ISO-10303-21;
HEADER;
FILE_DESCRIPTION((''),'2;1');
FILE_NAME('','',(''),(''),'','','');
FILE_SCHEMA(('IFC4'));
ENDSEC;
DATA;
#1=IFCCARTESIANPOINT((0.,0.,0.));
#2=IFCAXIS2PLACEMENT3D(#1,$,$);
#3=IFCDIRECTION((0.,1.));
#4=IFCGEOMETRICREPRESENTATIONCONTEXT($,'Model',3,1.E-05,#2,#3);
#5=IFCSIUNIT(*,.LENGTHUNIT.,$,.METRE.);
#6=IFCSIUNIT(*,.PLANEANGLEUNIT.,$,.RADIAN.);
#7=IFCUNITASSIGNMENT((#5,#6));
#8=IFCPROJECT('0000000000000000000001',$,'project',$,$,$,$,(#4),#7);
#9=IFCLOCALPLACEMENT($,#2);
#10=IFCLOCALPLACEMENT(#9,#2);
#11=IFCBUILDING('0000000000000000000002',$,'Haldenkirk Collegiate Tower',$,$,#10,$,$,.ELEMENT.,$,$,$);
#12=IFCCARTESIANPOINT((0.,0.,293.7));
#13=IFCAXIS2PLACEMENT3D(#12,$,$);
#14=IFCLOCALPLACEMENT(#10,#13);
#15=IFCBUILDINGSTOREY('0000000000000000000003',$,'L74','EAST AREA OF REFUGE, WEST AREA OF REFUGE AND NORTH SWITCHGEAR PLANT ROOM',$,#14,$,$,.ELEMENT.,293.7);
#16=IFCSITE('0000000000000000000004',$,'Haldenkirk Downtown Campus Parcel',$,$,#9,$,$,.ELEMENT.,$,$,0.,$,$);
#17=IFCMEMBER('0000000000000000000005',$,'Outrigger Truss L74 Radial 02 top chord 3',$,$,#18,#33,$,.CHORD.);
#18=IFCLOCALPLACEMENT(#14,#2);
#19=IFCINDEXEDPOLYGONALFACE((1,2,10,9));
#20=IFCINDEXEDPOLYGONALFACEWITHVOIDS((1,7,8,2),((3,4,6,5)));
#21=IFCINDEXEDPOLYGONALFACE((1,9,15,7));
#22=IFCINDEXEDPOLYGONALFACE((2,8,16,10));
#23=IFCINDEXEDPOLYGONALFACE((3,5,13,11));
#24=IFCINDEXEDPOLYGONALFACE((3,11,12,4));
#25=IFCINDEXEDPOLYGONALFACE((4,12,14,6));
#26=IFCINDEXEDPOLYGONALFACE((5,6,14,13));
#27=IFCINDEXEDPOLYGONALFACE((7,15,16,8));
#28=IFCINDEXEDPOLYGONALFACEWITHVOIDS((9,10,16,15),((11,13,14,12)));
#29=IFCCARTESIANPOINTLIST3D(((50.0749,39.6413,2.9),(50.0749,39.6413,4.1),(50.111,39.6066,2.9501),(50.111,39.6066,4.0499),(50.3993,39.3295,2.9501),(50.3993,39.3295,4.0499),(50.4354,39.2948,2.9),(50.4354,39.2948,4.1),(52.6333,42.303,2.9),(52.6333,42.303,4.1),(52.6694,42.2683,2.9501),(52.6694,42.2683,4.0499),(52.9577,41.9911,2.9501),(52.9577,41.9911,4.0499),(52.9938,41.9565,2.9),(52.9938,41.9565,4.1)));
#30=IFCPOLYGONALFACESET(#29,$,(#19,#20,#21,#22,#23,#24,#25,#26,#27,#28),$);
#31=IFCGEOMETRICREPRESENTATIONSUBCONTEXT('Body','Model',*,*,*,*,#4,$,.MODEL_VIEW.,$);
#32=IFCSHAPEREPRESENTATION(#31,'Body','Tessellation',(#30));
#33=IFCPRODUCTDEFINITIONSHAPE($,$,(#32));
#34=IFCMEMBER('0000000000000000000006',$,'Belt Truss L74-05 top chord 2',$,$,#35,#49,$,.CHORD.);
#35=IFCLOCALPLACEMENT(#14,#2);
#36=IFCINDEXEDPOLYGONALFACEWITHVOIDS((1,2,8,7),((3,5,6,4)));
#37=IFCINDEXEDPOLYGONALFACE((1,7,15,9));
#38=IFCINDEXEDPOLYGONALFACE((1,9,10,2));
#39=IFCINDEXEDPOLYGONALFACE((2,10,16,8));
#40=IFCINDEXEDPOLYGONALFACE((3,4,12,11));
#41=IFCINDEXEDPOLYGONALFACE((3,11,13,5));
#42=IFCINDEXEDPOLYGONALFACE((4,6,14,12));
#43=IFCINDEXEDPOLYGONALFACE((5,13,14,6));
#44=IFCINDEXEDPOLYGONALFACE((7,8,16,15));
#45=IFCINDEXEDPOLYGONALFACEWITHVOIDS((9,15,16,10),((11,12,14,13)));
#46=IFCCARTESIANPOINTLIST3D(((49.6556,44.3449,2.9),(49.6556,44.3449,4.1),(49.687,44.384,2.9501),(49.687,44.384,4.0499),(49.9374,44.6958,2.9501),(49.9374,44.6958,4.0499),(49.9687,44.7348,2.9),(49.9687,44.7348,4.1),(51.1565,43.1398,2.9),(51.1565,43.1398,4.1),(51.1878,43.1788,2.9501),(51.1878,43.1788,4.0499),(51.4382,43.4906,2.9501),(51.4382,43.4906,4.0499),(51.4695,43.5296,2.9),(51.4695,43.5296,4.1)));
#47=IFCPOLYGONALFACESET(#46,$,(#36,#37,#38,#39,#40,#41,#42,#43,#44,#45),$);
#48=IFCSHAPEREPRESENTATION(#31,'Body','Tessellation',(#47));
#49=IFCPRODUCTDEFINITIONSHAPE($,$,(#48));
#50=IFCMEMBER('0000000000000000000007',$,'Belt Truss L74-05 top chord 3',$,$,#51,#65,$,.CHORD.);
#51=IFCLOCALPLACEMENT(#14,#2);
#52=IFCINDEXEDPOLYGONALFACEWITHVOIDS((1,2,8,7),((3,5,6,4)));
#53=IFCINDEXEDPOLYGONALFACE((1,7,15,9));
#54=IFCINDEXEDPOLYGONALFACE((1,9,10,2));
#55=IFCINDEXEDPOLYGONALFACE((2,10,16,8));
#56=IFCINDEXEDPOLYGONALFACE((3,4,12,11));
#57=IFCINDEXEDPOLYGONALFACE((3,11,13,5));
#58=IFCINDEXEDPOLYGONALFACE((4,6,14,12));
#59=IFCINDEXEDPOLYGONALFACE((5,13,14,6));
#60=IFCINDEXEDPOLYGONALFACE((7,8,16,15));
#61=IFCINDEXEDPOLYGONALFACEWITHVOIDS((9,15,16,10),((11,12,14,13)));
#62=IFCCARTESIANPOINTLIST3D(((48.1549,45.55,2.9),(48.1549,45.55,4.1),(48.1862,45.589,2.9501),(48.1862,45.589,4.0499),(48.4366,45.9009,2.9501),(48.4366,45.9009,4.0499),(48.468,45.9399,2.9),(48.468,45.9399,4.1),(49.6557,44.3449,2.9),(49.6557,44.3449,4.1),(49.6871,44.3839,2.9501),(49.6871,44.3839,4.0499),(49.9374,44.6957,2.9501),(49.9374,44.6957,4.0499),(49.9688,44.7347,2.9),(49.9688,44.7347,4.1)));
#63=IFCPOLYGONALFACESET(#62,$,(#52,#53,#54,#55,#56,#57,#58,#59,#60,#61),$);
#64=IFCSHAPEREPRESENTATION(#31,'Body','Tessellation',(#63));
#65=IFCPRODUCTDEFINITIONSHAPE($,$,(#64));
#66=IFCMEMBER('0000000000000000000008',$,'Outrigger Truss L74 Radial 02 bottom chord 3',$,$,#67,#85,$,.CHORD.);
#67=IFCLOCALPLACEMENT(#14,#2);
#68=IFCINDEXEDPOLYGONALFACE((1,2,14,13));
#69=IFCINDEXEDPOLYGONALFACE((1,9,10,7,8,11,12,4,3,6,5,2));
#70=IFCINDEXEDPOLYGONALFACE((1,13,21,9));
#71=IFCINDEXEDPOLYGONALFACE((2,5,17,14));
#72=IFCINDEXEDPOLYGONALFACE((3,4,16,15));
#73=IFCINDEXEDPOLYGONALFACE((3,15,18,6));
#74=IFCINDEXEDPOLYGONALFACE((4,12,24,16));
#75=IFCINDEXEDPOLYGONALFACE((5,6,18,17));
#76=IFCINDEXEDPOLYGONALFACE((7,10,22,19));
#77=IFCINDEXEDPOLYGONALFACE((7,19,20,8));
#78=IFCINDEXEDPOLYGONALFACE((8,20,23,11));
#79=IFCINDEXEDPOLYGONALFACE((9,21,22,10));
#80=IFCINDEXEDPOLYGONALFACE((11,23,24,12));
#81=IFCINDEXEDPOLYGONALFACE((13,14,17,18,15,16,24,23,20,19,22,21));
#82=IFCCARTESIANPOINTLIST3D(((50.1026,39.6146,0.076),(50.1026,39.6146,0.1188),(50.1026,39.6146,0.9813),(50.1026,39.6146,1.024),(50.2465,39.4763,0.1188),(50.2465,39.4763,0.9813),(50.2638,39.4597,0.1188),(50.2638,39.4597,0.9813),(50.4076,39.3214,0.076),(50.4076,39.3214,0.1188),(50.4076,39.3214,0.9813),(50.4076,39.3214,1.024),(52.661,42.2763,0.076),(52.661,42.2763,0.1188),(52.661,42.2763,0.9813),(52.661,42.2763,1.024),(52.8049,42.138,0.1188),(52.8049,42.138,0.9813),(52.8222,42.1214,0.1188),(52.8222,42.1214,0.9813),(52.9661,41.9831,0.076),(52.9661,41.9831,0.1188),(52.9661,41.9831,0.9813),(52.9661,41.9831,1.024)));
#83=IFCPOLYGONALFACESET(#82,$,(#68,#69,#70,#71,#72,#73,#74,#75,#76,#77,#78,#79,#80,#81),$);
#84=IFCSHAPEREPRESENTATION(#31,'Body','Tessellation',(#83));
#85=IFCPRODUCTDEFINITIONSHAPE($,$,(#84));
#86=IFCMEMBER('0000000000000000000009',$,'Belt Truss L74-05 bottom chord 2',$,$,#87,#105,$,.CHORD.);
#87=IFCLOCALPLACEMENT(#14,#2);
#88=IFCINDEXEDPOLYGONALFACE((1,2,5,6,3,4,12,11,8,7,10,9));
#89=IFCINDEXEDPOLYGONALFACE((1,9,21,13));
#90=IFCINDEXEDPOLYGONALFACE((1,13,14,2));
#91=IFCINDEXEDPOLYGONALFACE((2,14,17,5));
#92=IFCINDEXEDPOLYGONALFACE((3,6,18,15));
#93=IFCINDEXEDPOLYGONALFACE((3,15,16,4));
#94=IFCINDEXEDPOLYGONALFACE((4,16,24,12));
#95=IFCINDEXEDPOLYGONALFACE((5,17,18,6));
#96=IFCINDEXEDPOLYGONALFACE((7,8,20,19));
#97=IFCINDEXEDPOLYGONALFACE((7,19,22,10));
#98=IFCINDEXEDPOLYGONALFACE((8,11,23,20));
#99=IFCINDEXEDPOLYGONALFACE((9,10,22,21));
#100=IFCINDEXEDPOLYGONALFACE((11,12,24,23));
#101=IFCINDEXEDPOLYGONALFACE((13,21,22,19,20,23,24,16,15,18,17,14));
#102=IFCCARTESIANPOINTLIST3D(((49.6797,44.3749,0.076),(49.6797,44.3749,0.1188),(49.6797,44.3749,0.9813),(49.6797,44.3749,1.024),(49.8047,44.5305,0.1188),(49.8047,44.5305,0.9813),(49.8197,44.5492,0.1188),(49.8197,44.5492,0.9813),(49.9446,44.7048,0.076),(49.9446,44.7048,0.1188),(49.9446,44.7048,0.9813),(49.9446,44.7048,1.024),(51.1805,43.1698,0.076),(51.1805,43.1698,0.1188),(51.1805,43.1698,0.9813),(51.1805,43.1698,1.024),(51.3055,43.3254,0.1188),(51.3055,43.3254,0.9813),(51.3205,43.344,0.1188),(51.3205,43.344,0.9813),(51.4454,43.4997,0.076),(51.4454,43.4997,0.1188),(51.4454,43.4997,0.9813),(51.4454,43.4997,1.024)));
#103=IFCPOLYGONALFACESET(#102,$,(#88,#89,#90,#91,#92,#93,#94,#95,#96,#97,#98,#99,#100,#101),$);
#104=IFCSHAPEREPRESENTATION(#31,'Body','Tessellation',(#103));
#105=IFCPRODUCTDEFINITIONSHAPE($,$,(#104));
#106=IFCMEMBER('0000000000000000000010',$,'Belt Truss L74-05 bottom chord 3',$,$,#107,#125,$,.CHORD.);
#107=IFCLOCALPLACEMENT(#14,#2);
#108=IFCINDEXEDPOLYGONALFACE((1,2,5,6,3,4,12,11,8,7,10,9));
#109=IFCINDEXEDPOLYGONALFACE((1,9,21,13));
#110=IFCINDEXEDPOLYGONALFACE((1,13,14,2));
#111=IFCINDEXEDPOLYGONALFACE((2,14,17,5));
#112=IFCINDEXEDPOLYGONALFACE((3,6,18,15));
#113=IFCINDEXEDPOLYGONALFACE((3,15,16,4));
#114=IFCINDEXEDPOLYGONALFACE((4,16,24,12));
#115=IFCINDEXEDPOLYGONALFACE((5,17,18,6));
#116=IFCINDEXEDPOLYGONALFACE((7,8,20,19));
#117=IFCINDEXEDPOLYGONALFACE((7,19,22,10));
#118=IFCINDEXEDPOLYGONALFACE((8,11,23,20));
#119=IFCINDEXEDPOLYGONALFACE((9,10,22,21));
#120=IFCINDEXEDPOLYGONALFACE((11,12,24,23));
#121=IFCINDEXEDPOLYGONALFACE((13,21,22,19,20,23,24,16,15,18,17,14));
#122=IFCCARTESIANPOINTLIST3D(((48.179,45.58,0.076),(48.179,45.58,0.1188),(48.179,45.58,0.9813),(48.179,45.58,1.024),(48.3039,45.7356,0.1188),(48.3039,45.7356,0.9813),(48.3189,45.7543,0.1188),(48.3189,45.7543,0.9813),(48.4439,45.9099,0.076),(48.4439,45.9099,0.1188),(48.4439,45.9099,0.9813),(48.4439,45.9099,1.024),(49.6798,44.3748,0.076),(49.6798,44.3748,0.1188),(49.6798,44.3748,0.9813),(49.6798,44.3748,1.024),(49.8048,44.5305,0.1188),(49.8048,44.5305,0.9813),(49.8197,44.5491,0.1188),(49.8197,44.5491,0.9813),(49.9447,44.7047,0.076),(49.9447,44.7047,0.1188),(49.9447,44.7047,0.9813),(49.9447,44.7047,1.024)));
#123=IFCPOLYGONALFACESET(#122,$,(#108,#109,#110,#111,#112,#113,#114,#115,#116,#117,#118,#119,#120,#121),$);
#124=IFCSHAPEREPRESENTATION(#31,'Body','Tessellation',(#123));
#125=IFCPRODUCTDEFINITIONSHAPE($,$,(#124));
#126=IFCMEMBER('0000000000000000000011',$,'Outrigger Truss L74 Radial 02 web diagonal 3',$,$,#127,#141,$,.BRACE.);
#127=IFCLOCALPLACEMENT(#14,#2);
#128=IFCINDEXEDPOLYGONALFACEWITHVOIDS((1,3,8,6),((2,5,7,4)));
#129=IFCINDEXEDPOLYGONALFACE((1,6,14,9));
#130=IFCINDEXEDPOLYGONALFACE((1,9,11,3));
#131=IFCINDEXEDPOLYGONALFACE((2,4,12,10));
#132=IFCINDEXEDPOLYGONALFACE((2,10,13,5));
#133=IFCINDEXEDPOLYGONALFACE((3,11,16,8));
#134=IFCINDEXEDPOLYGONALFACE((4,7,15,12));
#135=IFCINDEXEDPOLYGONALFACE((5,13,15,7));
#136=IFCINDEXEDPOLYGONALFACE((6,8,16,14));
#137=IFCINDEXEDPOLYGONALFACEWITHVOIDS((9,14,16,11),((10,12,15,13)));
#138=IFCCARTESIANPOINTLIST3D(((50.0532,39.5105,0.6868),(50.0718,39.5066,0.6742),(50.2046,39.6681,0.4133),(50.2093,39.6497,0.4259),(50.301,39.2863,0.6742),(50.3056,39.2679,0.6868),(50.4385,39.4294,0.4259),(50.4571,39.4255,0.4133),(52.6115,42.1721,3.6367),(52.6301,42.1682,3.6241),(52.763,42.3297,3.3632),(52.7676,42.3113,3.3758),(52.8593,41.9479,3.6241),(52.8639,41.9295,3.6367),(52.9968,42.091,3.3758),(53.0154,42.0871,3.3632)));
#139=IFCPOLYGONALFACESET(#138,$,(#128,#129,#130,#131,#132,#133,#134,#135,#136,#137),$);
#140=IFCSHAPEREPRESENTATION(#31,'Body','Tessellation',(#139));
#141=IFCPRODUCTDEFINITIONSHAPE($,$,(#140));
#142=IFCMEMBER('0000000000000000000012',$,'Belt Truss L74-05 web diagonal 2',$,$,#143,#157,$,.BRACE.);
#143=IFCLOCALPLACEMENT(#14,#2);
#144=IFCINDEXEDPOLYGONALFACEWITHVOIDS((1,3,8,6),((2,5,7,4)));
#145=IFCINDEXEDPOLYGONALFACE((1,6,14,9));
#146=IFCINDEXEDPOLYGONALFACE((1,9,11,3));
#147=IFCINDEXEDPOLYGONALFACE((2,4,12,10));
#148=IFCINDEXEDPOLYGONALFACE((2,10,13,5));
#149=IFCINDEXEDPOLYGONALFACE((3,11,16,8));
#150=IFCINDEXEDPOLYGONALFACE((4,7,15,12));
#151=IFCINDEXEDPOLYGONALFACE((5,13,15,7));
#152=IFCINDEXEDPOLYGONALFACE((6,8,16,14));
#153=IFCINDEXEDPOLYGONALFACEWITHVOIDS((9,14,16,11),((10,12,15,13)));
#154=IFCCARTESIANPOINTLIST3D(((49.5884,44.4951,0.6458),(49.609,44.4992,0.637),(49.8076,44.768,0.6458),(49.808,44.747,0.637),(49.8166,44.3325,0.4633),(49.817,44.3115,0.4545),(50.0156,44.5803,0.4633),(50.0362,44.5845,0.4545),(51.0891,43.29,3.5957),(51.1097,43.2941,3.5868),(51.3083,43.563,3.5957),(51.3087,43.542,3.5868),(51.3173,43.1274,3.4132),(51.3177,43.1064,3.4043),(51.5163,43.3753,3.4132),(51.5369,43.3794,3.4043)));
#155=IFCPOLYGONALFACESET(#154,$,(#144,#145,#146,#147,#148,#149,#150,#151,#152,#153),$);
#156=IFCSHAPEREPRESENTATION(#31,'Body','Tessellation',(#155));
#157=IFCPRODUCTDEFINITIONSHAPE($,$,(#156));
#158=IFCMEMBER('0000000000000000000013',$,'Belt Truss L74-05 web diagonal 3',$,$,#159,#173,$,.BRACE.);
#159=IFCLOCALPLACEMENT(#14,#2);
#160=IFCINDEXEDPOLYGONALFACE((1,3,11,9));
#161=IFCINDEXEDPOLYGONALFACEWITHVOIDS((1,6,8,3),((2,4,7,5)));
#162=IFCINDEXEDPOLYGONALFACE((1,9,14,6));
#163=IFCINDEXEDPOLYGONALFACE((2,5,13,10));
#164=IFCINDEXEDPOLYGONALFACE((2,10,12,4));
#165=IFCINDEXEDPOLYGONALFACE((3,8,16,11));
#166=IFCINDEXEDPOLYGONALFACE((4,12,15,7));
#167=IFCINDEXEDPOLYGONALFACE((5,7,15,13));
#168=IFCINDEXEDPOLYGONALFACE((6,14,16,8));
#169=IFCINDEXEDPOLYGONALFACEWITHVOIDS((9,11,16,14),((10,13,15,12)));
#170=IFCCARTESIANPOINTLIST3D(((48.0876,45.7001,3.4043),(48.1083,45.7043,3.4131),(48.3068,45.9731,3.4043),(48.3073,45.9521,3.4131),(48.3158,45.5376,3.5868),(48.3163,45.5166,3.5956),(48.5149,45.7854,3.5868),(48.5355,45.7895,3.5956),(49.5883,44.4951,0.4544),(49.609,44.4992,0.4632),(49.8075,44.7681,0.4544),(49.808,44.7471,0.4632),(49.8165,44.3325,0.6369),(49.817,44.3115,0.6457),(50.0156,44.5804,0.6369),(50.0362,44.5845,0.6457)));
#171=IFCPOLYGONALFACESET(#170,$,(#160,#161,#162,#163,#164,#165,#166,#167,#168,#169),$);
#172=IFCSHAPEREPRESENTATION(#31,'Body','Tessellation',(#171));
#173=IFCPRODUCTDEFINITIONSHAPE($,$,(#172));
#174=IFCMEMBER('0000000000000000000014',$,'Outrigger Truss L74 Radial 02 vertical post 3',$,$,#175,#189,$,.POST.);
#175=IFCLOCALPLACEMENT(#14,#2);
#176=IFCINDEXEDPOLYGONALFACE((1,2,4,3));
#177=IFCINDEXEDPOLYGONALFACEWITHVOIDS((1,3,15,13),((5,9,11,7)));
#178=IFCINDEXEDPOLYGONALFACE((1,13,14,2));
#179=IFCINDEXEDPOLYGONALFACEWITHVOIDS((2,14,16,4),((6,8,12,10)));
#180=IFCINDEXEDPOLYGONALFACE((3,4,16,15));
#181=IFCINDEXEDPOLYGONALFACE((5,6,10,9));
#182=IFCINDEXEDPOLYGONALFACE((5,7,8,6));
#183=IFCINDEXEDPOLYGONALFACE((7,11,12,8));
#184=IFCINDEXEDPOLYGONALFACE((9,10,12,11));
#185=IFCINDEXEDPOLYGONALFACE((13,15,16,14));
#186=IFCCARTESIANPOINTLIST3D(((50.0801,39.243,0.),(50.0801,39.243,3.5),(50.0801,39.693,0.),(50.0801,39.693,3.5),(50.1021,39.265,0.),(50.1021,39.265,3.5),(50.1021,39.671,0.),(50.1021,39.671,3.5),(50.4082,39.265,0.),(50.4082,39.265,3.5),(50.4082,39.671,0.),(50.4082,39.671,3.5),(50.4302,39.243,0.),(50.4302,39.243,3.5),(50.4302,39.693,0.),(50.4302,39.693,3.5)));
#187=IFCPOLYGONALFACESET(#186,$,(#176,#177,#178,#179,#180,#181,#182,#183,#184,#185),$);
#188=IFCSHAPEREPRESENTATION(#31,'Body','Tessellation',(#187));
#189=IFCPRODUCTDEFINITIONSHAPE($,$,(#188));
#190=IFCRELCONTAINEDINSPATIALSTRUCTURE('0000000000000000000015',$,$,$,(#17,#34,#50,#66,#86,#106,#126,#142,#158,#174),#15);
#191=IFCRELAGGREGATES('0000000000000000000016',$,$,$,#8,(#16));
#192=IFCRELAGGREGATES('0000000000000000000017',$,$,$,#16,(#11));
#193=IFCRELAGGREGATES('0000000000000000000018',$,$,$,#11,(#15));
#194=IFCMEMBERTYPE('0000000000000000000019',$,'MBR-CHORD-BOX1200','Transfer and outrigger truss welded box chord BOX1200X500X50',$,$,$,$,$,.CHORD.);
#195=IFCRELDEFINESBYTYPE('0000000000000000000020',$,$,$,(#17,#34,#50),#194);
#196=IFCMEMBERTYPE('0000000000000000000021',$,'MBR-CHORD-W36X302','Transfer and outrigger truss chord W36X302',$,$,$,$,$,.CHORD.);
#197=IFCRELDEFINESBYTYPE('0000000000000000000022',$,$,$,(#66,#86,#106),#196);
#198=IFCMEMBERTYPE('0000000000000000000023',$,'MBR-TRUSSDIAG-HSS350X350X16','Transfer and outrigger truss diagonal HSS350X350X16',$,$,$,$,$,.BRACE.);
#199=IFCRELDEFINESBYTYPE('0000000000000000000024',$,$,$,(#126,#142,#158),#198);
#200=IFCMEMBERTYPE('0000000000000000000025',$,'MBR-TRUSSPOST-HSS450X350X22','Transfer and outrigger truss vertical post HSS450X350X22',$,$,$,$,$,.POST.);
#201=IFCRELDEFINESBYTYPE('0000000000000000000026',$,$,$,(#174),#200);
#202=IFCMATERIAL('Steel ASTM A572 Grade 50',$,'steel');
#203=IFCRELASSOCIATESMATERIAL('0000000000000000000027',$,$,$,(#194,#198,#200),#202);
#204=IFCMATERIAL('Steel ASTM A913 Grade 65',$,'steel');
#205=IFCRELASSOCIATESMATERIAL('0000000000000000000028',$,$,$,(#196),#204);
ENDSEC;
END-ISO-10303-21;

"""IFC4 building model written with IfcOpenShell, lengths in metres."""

from ifc_helpers import new_model, si_unit, direction, frame, origin, origin_2d, place, context, subcontext, project, spatial, hollow_rectangle, i_section, extrude, material, material_profile, profile_set, type_object, element, save


model = new_model("IFC4")

# Units and contexts
model_context = context("Model", 3, precision=1e-05, world=origin(), true_north=direction((0.0, 1.0)))
body_context = subcontext(model_context, "Body", "Model", "MODEL_VIEW")
ifc_project = project(units=[si_unit("LENGTHUNIT", "METRE"), si_unit("PLANEANGLEUNIT", "RADIAN")], contexts=[model_context])

# Site, building, storey
site_placement = place(None, origin())
site = spatial("IfcSite", under=ifc_project, at=site_placement, Name="Haldenkirk Downtown Campus Parcel", CompositionType="ELEMENT", RefElevation=0.0)
building_placement = place(site_placement, origin())
building = spatial("IfcBuilding", under=site, at=building_placement, Name="Haldenkirk Collegiate Tower", CompositionType="ELEMENT")
storey_placement = place(building_placement, frame((0.0, 0.0, 293.7)))
storey = spatial("IfcBuildingStorey", under=building, at=storey_placement, Name="L74", Description="EAST AREA OF REFUGE, WEST AREA OF REFUGE AND NORTH SWITCHGEAR PLANT ROOM", CompositionType="ELEMENT", Elevation=293.7)

# Members
ifc_material_1 = material(Name="Steel ASTM A572 Grade 50", Category="steel")
ifc_material_profile_1 = material_profile(ifc_material_1, hollow_rectangle(XDim=0.5, YDim=1.2, WallThickness=0.05, at=origin_2d()), Name="BOX1200X500X50")
ifc_profile_set_1 = profile_set([ifc_material_profile_1], Name="Steel ASTM A572 Grade 50")
member_type_1 = type_object("IfcMemberType", Name="MBR-CHORD-BOX1200", Description="Transfer and outrigger truss welded box chord BOX1200X500X50", PredefinedType="CHORD", material=ifc_profile_set_1)
member_1_placement = place(storey_placement, frame((50.2551, 39.468, 3.5), z_axis=(0.692982, 0.720955, 0.0), x_axis=(-0.720955, 0.692982, 0.0)))
element("IfcMember", 1, at=member_1_placement, inside=storey, type_object=member_type_1, Name="Outrigger Truss L74 Radial 02 top chord 3", PredefinedType="CHORD", context=body_context, shape_type="SweptSolid", body=[
    extrude(hollow_rectangle(XDim=0.5, YDim=1.2, WallThickness=0.05, at=origin_2d()), origin(), (0.0, 0.0, 1.0), 3.6919),
])
for number, where, z_axis, x_axis, name in (
    (2, (51.313, 43.3347, 3.5), (-0.779729, 0.626117, 0.0), (-0.626117, -0.779729, 0.0), "Belt Truss L74-05 top chord 2"),
    (3, (49.8123, 44.5398, 3.5), (-0.779729, 0.626117, 0.0), (-0.626117, -0.779729, 0.0), "Belt Truss L74-05 top chord 3"),
):
    element("IfcMember", number, at=place(storey_placement, frame(where, z_axis=z_axis, x_axis=x_axis)), inside=storey, type_object=member_type_1, Name=name, PredefinedType="CHORD", context=body_context, shape_type="SweptSolid", body=[
        extrude(hollow_rectangle(XDim=0.5, YDim=1.2, WallThickness=0.05, at=origin_2d()), origin(), (0.0, 0.0, 1.0), 1.9248),
    ])
ifc_material_2 = material(Name="Steel ASTM A913 Grade 65", Category="steel")
ifc_material_profile_2 = material_profile(ifc_material_2, i_section(OverallWidth=0.4231, OverallDepth=0.948, WebThickness=0.0239, FlangeThickness=0.0427, at=origin_2d()), Name="W36X302")
ifc_profile_set_2 = profile_set([ifc_material_profile_2], Name="Steel ASTM A913 Grade 65")
member_type_2 = type_object("IfcMemberType", Name="MBR-CHORD-W36X302", Description="Transfer and outrigger truss chord W36X302", PredefinedType="CHORD", material=ifc_profile_set_2)
member_2_placement = place(storey_placement, frame((50.2551, 39.468, 0.55), z_axis=(0.692982, 0.720955, 0.0), x_axis=(-0.720955, 0.692982, 0.0)))
element("IfcMember", 4, at=member_2_placement, inside=storey, type_object=member_type_2, Name="Outrigger Truss L74 Radial 02 bottom chord 3", PredefinedType="CHORD", context=body_context, shape_type="SweptSolid", body=[
    extrude(i_section(OverallWidth=0.4231, OverallDepth=0.948, WebThickness=0.0239, FlangeThickness=0.0427, at=origin_2d()), origin(), (0.0, 0.0, 1.0), 3.6919),
])
for number, where, z_axis, x_axis, name in (
    (5, (51.313, 43.3347, 0.55), (-0.779729, 0.626117, 0.0), (-0.626117, -0.779729, 0.0), "Belt Truss L74-05 bottom chord 2"),
    (6, (49.8123, 44.5398, 0.55), (-0.779729, 0.626117, 0.0), (-0.626117, -0.779729, 0.0), "Belt Truss L74-05 bottom chord 3"),
):
    element("IfcMember", number, at=place(storey_placement, frame(where, z_axis=z_axis, x_axis=x_axis)), inside=storey, type_object=member_type_2, Name=name, PredefinedType="CHORD", context=body_context, shape_type="SweptSolid", body=[
        extrude(i_section(OverallWidth=0.4231, OverallDepth=0.948, WebThickness=0.0239, FlangeThickness=0.0427, at=origin_2d()), origin(), (0.0, 0.0, 1.0), 1.9248),
    ])
ifc_material_profile_3 = material_profile(ifc_material_1, hollow_rectangle(XDim=0.3501, YDim=0.3501, WallThickness=0.0161, at=origin_2d()), Name="HSS350X350X16")
ifc_profile_set_3 = profile_set([ifc_material_profile_3], Name="Steel ASTM A572 Grade 50")
member_type_3 = type_object("IfcMemberType", Name="MBR-TRUSSDIAG-HSS350X350X16", Description="Transfer and outrigger truss diagonal HSS350X350X16", PredefinedType="BRACE", material=ifc_profile_set_3)
member_3_placement = place(storey_placement, frame((50.2551, 39.468, 0.55), z_axis=(0.541377, 0.563231, 0.624245), x_axis=(-0.720955, 0.692982, 0.0)))
element("IfcMember", 7, at=member_3_placement, inside=storey, type_object=member_type_3, Name="Outrigger Truss L74 Radial 02 web diagonal 3", PredefinedType="BRACE", context=body_context, shape_type="SweptSolid", body=[
    extrude(hollow_rectangle(XDim=0.3501, YDim=0.3501, WallThickness=0.0161, at=origin_2d()), origin(), (0.0, 0.0, 1.0), 4.7256),
])
for number, where, z_axis, x_axis, name in (
    (8, (51.313, 43.3347, 3.5), (-0.426066, 0.342128, -0.837506), (-0.626117, -0.779729, 0.0), "Belt Truss L74-05 web diagonal 2"),
    (9, (49.8123, 44.5398, 0.55), (-0.426066, 0.342128, 0.837506), (-0.626117, -0.779729, 0.0), "Belt Truss L74-05 web diagonal 3"),
):
    element("IfcMember", number, at=place(storey_placement, frame(where, z_axis=z_axis, x_axis=x_axis)), inside=storey, type_object=member_type_3, Name=name, PredefinedType="BRACE", context=body_context, shape_type="SweptSolid", body=[
        extrude(hollow_rectangle(XDim=0.3501, YDim=0.3501, WallThickness=0.0161, at=origin_2d()), origin(), (0.0, 0.0, 1.0), 3.5222),
    ])
ifc_material_profile_4 = material_profile(ifc_material_1, hollow_rectangle(XDim=0.3501, YDim=0.45, WallThickness=0.022, at=origin_2d()), Name="HSS450X350X22")
ifc_profile_set_4 = profile_set([ifc_material_profile_4], Name="Steel ASTM A572 Grade 50")
member_type_4 = type_object("IfcMemberType", Name="MBR-TRUSSPOST-HSS450X350X22", Description="Transfer and outrigger truss vertical post HSS450X350X22", PredefinedType="POST", material=ifc_profile_set_4)
for number, where, z_axis, x_axis, name in (
    (10, (50.2551, 39.468, 0.0), (0.0, 0.0, 1.0), (1.0, 0.0, 0.0), "Outrigger Truss L74 Radial 02 vertical post 3"),
):
    element("IfcMember", number, at=place(storey_placement, frame(where, z_axis=z_axis, x_axis=x_axis)), inside=storey, type_object=member_type_4, Name=name, PredefinedType="POST", context=body_context, shape_type="SweptSolid", body=[
        extrude(hollow_rectangle(XDim=0.3501, YDim=0.45, WallThickness=0.022, at=origin_2d()), origin(), (0.0, 0.0, 1.0), 3.5),
    ])

save(model, "model.ifc")
